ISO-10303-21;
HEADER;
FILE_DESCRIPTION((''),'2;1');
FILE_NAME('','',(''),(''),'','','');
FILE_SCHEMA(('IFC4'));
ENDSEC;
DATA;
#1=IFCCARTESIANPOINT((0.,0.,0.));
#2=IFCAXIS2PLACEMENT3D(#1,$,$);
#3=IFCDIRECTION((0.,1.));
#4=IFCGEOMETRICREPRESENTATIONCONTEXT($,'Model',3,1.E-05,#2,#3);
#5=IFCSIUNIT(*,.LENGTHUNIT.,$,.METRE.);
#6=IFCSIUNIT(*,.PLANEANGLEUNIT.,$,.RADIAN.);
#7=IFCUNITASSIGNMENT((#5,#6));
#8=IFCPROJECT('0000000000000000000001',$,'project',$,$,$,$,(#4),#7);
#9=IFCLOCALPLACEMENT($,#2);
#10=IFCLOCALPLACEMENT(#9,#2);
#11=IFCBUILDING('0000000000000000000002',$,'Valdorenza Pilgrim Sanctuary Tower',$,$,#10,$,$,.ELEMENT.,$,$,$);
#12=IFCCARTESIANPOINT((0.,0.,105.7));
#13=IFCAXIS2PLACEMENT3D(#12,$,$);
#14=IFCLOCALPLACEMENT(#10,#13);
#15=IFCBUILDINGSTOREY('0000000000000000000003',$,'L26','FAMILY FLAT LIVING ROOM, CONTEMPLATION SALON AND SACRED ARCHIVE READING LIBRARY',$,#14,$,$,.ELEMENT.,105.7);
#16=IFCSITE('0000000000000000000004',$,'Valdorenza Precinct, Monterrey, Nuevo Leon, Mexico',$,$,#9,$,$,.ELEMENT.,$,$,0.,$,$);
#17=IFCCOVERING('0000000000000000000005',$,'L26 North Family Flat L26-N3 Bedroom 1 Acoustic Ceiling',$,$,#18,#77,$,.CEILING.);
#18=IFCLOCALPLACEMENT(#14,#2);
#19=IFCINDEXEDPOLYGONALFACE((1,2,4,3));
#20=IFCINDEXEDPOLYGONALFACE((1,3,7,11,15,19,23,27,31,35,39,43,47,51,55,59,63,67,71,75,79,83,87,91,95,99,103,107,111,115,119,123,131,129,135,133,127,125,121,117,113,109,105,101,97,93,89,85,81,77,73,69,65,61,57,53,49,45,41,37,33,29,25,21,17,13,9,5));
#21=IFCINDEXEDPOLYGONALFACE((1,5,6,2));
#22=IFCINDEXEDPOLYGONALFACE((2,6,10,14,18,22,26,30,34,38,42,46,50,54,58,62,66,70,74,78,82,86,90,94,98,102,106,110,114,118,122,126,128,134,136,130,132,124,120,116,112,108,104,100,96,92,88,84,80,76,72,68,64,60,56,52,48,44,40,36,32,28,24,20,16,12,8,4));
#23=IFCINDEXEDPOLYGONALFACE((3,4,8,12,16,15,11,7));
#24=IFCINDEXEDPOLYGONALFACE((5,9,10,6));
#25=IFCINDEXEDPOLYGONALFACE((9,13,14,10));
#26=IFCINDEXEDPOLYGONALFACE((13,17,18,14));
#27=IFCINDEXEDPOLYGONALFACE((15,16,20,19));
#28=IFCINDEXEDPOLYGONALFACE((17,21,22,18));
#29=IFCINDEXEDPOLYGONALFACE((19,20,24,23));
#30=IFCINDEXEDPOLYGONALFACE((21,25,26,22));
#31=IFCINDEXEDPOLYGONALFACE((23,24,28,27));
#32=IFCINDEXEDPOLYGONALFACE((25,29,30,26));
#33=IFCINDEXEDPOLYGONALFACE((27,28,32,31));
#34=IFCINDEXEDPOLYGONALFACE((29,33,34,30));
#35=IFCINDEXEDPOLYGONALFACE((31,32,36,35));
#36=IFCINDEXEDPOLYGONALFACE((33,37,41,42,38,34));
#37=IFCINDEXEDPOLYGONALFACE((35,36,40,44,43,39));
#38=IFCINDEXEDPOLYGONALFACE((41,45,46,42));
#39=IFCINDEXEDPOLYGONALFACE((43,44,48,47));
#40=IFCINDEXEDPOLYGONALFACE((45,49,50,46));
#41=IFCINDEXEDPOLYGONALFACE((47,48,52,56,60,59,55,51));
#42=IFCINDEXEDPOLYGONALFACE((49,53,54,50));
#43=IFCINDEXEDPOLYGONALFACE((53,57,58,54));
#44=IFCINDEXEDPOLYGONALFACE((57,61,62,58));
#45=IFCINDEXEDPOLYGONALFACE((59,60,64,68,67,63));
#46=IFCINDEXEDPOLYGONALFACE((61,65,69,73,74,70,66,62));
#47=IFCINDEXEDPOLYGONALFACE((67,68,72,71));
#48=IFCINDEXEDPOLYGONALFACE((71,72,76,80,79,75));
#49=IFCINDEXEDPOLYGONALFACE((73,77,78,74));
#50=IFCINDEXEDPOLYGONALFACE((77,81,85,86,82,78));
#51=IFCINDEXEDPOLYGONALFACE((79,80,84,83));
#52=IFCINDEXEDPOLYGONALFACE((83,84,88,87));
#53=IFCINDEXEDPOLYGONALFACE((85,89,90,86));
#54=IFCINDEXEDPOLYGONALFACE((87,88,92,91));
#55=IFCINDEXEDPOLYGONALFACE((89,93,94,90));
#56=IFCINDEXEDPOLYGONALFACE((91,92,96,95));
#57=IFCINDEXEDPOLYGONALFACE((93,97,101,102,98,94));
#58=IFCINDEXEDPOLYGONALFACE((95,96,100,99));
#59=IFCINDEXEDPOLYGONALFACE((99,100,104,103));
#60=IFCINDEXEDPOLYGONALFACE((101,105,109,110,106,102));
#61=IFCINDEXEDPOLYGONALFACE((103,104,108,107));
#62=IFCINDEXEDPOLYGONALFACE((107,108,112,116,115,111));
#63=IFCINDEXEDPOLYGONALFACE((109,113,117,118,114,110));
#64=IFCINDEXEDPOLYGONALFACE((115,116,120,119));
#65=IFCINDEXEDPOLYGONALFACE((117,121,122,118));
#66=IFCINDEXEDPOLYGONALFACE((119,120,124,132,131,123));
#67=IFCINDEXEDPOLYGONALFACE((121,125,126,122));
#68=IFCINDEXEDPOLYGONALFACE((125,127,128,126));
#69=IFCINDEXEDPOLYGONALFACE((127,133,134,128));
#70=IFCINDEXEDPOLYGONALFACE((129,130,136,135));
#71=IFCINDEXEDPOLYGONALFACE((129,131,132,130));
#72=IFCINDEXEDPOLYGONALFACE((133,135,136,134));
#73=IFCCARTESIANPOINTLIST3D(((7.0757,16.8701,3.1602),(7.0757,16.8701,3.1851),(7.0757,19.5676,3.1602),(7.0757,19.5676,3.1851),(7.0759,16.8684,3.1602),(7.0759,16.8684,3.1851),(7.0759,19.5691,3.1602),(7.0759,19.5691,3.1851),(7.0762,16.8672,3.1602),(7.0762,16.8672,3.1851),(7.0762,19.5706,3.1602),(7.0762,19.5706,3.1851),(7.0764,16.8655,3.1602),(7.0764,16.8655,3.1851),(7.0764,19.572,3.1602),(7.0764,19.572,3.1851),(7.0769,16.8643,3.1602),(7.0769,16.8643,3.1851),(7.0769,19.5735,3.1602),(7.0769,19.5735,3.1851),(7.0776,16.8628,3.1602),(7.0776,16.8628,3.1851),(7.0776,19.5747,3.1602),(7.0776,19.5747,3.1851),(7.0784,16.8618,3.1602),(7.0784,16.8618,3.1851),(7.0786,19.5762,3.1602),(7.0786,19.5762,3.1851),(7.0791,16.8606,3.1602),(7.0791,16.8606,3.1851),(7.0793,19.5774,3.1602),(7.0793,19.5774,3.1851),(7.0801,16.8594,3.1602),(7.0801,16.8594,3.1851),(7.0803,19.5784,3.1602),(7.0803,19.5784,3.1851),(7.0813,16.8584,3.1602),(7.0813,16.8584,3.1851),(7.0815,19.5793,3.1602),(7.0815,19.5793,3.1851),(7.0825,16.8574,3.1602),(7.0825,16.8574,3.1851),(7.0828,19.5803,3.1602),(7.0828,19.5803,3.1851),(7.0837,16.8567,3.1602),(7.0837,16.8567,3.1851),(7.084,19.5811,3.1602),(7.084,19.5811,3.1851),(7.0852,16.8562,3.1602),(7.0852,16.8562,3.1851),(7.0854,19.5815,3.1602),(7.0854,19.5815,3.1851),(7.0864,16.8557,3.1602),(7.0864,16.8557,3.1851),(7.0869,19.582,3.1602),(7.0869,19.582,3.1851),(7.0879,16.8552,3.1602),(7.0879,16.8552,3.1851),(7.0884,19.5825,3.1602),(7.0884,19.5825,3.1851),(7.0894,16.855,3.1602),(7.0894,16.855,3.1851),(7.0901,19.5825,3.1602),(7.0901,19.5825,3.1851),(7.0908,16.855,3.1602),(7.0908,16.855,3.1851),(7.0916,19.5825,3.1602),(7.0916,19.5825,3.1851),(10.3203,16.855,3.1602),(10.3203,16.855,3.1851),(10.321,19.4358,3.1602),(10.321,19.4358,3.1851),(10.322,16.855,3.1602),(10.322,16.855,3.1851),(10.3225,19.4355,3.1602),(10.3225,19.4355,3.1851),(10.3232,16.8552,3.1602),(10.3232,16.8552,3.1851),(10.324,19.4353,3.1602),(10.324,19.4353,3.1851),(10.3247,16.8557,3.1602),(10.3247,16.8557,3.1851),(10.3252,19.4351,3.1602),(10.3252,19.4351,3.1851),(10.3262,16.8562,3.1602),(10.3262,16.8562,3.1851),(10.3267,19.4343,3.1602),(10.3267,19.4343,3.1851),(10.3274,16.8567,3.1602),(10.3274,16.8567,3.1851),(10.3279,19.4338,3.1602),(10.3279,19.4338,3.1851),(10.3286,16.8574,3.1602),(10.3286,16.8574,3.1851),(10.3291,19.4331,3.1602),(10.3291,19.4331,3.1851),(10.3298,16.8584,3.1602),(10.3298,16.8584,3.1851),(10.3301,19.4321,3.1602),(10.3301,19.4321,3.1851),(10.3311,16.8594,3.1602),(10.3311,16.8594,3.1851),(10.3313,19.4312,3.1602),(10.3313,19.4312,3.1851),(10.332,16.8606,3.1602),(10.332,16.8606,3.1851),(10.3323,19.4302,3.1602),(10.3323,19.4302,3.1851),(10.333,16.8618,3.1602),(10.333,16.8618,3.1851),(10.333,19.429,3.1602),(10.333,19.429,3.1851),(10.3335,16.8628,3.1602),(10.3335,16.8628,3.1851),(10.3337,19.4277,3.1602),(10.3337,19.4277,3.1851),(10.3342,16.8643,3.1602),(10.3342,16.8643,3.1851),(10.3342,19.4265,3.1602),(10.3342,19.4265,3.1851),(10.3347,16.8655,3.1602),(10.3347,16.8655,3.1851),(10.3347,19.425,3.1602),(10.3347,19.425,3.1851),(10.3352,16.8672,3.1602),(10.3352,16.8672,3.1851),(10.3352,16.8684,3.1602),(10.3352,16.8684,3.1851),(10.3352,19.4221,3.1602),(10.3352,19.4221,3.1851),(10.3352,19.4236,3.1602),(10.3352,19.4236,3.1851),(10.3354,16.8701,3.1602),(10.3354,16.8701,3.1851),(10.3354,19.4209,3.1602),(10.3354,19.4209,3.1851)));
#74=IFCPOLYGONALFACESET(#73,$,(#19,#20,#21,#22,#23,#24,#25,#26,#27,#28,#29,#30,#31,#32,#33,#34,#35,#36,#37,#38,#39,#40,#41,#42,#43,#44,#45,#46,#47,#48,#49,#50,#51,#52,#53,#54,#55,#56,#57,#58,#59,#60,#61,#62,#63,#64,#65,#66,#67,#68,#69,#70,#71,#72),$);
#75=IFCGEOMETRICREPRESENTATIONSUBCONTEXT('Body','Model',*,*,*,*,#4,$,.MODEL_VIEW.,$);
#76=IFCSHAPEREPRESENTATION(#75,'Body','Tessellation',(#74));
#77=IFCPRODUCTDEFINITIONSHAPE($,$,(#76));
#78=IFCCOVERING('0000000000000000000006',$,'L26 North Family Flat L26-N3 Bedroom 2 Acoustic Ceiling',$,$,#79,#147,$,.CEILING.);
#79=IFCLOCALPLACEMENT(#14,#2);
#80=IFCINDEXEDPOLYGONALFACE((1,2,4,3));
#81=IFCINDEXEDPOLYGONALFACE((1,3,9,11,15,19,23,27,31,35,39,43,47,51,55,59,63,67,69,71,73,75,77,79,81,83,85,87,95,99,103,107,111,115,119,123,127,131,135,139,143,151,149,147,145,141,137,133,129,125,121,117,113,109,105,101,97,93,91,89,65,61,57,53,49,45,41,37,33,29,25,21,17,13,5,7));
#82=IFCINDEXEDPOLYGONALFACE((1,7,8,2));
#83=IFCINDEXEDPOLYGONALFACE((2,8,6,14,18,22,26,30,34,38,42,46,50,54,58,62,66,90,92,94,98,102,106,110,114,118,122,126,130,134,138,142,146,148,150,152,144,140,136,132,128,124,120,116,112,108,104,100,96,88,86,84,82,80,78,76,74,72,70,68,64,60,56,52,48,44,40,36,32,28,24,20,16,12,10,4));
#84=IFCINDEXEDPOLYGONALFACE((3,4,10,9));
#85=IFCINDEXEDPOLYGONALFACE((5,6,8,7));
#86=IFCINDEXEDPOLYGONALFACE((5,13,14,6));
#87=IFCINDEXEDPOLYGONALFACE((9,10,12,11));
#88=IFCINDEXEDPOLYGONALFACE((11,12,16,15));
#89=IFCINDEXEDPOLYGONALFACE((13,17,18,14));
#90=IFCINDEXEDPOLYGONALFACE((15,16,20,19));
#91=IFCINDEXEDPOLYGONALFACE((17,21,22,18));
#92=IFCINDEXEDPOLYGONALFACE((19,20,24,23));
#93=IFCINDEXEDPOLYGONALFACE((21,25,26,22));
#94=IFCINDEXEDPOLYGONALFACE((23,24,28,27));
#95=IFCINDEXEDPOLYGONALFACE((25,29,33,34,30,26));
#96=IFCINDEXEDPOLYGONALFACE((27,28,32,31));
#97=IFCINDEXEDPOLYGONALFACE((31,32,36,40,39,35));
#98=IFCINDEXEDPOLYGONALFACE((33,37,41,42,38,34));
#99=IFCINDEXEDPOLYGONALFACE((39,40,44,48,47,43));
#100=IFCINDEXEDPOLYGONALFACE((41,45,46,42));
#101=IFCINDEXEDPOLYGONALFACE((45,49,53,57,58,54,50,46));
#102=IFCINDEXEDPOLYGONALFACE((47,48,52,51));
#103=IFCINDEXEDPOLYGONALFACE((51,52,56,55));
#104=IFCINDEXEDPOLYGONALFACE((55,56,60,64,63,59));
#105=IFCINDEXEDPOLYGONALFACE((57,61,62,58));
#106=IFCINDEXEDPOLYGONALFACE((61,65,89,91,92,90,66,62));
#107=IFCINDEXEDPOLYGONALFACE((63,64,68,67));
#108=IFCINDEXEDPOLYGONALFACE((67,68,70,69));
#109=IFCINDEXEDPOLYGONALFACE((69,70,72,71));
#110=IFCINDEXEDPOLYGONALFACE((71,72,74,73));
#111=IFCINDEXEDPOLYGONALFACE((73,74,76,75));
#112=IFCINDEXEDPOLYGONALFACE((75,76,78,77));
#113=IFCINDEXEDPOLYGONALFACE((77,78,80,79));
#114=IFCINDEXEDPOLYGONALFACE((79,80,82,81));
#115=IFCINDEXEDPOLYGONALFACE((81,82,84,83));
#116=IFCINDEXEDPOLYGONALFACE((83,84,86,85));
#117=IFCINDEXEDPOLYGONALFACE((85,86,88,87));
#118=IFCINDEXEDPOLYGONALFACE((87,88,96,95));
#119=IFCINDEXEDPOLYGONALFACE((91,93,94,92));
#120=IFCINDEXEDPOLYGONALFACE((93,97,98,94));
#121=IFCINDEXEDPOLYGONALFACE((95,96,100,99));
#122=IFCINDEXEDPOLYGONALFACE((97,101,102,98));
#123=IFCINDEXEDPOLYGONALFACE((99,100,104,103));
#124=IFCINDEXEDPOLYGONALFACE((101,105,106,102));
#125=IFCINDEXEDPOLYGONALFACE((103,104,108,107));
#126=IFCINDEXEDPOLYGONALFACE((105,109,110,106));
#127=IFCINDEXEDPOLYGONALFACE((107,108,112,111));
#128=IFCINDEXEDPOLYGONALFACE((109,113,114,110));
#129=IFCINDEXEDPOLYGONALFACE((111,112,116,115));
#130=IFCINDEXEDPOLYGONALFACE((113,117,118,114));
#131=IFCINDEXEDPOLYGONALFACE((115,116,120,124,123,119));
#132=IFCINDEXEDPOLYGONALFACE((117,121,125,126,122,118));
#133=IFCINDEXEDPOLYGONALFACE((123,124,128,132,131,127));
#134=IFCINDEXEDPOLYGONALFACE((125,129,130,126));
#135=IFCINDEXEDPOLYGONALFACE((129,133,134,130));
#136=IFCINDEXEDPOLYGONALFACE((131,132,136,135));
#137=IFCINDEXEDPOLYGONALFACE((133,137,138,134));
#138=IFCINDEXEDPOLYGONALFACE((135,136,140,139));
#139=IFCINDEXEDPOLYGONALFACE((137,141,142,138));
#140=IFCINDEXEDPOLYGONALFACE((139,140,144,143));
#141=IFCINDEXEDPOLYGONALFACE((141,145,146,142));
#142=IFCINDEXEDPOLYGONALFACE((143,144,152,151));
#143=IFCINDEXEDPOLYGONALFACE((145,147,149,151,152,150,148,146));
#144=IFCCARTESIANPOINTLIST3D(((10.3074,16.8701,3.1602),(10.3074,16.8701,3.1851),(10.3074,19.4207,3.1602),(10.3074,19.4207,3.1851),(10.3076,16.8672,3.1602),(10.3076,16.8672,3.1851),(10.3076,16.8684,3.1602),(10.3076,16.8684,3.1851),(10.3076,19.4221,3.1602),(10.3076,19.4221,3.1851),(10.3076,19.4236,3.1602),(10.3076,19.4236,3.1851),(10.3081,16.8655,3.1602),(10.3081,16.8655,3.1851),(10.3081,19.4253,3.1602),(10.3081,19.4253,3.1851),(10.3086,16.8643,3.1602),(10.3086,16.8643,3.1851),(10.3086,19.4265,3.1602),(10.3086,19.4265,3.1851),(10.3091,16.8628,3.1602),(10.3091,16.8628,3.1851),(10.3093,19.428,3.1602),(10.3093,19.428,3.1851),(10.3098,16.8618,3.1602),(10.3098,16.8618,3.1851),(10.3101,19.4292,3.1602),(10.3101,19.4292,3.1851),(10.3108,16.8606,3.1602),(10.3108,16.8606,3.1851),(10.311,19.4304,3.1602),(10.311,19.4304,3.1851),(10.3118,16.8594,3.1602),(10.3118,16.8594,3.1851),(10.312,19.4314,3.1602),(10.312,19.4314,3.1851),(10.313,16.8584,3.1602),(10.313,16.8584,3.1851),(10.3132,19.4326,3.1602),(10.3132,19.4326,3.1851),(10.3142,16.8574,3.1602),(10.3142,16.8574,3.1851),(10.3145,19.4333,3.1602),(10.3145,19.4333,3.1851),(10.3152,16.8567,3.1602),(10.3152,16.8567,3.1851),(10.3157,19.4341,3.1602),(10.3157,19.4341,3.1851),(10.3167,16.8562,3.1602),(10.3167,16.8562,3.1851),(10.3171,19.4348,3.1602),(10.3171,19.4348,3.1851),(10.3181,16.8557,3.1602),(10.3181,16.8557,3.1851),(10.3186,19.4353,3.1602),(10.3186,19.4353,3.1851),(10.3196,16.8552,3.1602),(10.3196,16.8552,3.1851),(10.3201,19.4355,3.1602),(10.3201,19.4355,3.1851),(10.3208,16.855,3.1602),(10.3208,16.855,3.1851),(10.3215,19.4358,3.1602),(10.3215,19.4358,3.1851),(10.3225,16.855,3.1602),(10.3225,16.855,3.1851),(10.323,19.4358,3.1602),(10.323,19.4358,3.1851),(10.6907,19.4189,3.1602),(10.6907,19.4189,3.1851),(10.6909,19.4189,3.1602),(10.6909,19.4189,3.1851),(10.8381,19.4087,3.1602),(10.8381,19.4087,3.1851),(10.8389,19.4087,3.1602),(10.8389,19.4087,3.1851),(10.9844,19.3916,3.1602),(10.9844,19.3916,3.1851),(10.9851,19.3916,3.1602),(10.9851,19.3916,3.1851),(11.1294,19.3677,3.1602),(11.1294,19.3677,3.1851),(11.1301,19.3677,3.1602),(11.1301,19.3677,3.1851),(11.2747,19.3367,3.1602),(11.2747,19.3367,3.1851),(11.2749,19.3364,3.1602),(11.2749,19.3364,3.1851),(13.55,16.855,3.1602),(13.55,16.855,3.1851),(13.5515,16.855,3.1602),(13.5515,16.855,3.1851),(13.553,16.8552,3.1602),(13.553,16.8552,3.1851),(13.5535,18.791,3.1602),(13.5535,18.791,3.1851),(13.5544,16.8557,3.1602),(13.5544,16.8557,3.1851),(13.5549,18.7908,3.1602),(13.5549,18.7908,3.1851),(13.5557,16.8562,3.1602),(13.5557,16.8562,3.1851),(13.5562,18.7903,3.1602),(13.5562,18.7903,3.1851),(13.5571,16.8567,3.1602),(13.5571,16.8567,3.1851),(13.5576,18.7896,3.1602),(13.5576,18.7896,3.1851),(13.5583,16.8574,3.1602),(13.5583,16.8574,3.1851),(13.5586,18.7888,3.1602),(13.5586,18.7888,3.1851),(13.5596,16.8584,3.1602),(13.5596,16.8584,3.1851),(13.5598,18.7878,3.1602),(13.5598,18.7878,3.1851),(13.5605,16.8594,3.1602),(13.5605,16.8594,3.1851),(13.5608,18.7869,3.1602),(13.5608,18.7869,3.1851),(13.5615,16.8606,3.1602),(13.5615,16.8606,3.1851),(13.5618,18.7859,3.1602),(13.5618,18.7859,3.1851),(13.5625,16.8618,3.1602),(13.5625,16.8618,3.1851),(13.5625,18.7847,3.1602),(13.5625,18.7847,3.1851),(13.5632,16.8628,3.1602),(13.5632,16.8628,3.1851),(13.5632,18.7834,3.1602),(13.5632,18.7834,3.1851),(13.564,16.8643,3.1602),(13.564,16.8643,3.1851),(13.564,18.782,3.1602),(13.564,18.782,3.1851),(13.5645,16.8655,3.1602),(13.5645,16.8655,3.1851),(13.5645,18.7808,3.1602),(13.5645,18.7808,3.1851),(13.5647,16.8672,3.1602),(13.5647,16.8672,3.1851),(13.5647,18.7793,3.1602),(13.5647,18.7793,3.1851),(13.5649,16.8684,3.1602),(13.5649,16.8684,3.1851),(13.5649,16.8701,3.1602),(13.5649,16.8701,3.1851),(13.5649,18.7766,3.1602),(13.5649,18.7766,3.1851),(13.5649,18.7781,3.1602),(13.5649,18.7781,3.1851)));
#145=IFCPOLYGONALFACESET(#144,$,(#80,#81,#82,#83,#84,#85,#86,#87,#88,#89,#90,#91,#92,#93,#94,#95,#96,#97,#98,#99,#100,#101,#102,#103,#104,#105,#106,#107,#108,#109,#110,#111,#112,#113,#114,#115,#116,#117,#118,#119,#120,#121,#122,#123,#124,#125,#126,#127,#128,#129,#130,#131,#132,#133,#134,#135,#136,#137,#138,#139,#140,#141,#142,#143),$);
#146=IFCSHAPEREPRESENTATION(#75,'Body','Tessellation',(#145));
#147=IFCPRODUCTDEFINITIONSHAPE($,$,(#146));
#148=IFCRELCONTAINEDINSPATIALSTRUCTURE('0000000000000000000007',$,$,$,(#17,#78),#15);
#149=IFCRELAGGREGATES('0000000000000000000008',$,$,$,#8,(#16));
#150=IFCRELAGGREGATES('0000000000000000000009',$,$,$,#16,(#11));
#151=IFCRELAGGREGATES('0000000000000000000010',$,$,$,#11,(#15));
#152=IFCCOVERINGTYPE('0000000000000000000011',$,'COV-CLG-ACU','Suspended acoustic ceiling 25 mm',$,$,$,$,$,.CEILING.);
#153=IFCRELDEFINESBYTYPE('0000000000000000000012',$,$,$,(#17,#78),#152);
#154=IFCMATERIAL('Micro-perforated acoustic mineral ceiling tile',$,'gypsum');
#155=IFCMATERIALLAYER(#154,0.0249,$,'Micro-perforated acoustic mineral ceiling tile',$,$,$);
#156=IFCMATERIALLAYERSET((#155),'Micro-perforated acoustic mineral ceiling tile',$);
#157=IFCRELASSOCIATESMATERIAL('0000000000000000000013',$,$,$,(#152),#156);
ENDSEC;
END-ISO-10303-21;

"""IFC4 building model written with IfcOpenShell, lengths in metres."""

from ifc_helpers import new_model, si_unit, direction, frame, origin, place, context, subcontext, project, spatial, polyline, outline, extrude, material, layer, layer_set, type_object, element, save


model = new_model("IFC4")

# Units and contexts
model_context = context("Model", 3, precision=1e-05, world=origin(), true_north=direction((0.0, 1.0)))
body_context = subcontext(model_context, "Body", "Model", "MODEL_VIEW")
ifc_project = project(units=[si_unit("LENGTHUNIT", "METRE"), si_unit("PLANEANGLEUNIT", "RADIAN")], contexts=[model_context])

# Site, building, storey
site_placement = place(None, origin())
site = spatial("IfcSite", under=ifc_project, at=site_placement, Name="Valdorenza Precinct, Monterrey, Nuevo Leon, Mexico", CompositionType="ELEMENT", RefElevation=0.0)
building_placement = place(site_placement, origin())
building = spatial("IfcBuilding", under=site, at=building_placement, Name="Valdorenza Pilgrim Sanctuary Tower", CompositionType="ELEMENT")
storey_placement = place(building_placement, frame((0.0, 0.0, 105.7)))
storey = spatial("IfcBuildingStorey", under=building, at=storey_placement, Name="L26", Description="FAMILY FLAT LIVING ROOM, CONTEMPLATION SALON AND SACRED ARCHIVE READING LIBRARY", CompositionType="ELEMENT", Elevation=105.7)

# Coverings
ifc_material_1 = material(Name="Micro-perforated acoustic mineral ceiling tile", Category="gypsum")
ifc_layer_1 = layer(ifc_material_1, 0.0249, Name="Micro-perforated acoustic mineral ceiling tile")
ifc_layer_set_1 = layer_set([ifc_layer_1], Name="Micro-perforated acoustic mineral ceiling tile")
covering_type_1 = type_object("IfcCoveringType", Name="COV-CLG-ACU", Description="Suspended acoustic ceiling 25 mm", PredefinedType="CEILING", material=ifc_layer_set_1)
covering_1_placement = place(storey_placement, frame((0.0, 0.0, 3.1602)))
element("IfcCovering", 1, at=covering_1_placement, inside=storey, type_object=covering_type_1, Name="L26 North Family Flat L26-N3 Bedroom 1 Acoustic Ceiling", PredefinedType="CEILING", context=body_context, shape_type="SweptSolid", body=[
    extrude(outline(polyline([(7.0908, 16.855), (7.0894, 16.855), (7.0879, 16.8552), (7.0864, 16.8557), (7.0852, 16.8562), (7.0837, 16.8567), (7.0825, 16.8574), (7.0813, 16.8584), (7.0801, 16.8594), (7.0791, 16.8606), (7.0784, 16.8618), (7.0776, 16.8628), (7.0769, 16.8643), (7.0764, 16.8655), (7.0762, 16.8672), (7.0759, 16.8684), (7.0757, 16.8701), (7.0757, 19.5676), (7.0759, 19.5691), (7.0762, 19.5706), (7.0764, 19.572), (7.0769, 19.5735), (7.0776, 19.5747), (7.0786, 19.5762), (7.0793, 19.5774), (7.0803, 19.5784), (7.0815, 19.5793), (7.0828, 19.5803), (7.084, 19.5811), (7.0854, 19.5815), (7.0869, 19.582), (7.0884, 19.5825), (7.0901, 19.5825), (7.0916, 19.5825), (10.321, 19.4358), (10.3225, 19.4355), (10.324, 19.4353), (10.3252, 19.4351), (10.3267, 19.4343), (10.3279, 19.4338), (10.3291, 19.4331), (10.3301, 19.4321), (10.3313, 19.4312), (10.3323, 19.4302), (10.333, 19.429), (10.3337, 19.4277), (10.3342, 19.4265), (10.3347, 19.425), (10.3352, 19.4236), (10.3352, 19.4221), (10.3354, 19.4209), (10.3354, 16.8701), (10.3352, 16.8684), (10.3352, 16.8672), (10.3347, 16.8655), (10.3342, 16.8643), (10.3335, 16.8628), (10.333, 16.8618), (10.332, 16.8606), (10.3311, 16.8594), (10.3298, 16.8584), (10.3286, 16.8574), (10.3274, 16.8567), (10.3262, 16.8562), (10.3247, 16.8557), (10.3232, 16.8552), (10.322, 16.855), (10.3203, 16.855), (7.0908, 16.855)])), origin(), (0.0, 0.0, 1.0), 0.0249),
])
covering_2_placement = place(storey_placement, frame((0.0, 0.0, 3.1602)))
element("IfcCovering", 2, at=covering_2_placement, inside=storey, type_object=covering_type_1, Name="L26 North Family Flat L26-N3 Bedroom 2 Acoustic Ceiling", PredefinedType="CEILING", context=body_context, shape_type="SweptSolid", body=[
    extrude(outline(polyline([(10.3225, 16.855), (10.3208, 16.855), (10.3196, 16.8552), (10.3181, 16.8557), (10.3167, 16.8562), (10.3152, 16.8567), (10.3142, 16.8574), (10.313, 16.8584), (10.3118, 16.8594), (10.3108, 16.8606), (10.3098, 16.8618), (10.3091, 16.8628), (10.3086, 16.8643), (10.3081, 16.8655), (10.3076, 16.8672), (10.3076, 16.8684), (10.3074, 16.8701), (10.3074, 19.4207), (10.3076, 19.4221), (10.3076, 19.4236), (10.3081, 19.4253), (10.3086, 19.4265), (10.3093, 19.428), (10.3101, 19.4292), (10.311, 19.4304), (10.312, 19.4314), (10.3132, 19.4326), (10.3145, 19.4333), (10.3157, 19.4341), (10.3171, 19.4348), (10.3186, 19.4353), (10.3201, 19.4355), (10.3215, 19.4358), (10.323, 19.4358), (10.6907, 19.4189), (10.6909, 19.4189), (10.8381, 19.4087), (10.8389, 19.4087), (10.9844, 19.3916), (10.9851, 19.3916), (11.1294, 19.3677), (11.1301, 19.3677), (11.2747, 19.3367), (11.2749, 19.3364), (13.5535, 18.791), (13.5549, 18.7908), (13.5562, 18.7903), (13.5576, 18.7896), (13.5586, 18.7888), (13.5598, 18.7878), (13.5608, 18.7869), (13.5618, 18.7859), (13.5625, 18.7847), (13.5632, 18.7834), (13.564, 18.782), (13.5645, 18.7808), (13.5647, 18.7793), (13.5649, 18.7781), (13.5649, 18.7766), (13.5649, 16.8701), (13.5649, 16.8684), (13.5647, 16.8672), (13.5645, 16.8655), (13.564, 16.8643), (13.5632, 16.8628), (13.5625, 16.8618), (13.5615, 16.8606), (13.5605, 16.8594), (13.5596, 16.8584), (13.5583, 16.8574), (13.5571, 16.8567), (13.5557, 16.8562), (13.5544, 16.8557), (13.553, 16.8552), (13.5515, 16.855), (13.55, 16.855), (10.3225, 16.855)])), origin(), (0.0, 0.0, 1.0), 0.0249),
])

save(model, "model.ifc")
